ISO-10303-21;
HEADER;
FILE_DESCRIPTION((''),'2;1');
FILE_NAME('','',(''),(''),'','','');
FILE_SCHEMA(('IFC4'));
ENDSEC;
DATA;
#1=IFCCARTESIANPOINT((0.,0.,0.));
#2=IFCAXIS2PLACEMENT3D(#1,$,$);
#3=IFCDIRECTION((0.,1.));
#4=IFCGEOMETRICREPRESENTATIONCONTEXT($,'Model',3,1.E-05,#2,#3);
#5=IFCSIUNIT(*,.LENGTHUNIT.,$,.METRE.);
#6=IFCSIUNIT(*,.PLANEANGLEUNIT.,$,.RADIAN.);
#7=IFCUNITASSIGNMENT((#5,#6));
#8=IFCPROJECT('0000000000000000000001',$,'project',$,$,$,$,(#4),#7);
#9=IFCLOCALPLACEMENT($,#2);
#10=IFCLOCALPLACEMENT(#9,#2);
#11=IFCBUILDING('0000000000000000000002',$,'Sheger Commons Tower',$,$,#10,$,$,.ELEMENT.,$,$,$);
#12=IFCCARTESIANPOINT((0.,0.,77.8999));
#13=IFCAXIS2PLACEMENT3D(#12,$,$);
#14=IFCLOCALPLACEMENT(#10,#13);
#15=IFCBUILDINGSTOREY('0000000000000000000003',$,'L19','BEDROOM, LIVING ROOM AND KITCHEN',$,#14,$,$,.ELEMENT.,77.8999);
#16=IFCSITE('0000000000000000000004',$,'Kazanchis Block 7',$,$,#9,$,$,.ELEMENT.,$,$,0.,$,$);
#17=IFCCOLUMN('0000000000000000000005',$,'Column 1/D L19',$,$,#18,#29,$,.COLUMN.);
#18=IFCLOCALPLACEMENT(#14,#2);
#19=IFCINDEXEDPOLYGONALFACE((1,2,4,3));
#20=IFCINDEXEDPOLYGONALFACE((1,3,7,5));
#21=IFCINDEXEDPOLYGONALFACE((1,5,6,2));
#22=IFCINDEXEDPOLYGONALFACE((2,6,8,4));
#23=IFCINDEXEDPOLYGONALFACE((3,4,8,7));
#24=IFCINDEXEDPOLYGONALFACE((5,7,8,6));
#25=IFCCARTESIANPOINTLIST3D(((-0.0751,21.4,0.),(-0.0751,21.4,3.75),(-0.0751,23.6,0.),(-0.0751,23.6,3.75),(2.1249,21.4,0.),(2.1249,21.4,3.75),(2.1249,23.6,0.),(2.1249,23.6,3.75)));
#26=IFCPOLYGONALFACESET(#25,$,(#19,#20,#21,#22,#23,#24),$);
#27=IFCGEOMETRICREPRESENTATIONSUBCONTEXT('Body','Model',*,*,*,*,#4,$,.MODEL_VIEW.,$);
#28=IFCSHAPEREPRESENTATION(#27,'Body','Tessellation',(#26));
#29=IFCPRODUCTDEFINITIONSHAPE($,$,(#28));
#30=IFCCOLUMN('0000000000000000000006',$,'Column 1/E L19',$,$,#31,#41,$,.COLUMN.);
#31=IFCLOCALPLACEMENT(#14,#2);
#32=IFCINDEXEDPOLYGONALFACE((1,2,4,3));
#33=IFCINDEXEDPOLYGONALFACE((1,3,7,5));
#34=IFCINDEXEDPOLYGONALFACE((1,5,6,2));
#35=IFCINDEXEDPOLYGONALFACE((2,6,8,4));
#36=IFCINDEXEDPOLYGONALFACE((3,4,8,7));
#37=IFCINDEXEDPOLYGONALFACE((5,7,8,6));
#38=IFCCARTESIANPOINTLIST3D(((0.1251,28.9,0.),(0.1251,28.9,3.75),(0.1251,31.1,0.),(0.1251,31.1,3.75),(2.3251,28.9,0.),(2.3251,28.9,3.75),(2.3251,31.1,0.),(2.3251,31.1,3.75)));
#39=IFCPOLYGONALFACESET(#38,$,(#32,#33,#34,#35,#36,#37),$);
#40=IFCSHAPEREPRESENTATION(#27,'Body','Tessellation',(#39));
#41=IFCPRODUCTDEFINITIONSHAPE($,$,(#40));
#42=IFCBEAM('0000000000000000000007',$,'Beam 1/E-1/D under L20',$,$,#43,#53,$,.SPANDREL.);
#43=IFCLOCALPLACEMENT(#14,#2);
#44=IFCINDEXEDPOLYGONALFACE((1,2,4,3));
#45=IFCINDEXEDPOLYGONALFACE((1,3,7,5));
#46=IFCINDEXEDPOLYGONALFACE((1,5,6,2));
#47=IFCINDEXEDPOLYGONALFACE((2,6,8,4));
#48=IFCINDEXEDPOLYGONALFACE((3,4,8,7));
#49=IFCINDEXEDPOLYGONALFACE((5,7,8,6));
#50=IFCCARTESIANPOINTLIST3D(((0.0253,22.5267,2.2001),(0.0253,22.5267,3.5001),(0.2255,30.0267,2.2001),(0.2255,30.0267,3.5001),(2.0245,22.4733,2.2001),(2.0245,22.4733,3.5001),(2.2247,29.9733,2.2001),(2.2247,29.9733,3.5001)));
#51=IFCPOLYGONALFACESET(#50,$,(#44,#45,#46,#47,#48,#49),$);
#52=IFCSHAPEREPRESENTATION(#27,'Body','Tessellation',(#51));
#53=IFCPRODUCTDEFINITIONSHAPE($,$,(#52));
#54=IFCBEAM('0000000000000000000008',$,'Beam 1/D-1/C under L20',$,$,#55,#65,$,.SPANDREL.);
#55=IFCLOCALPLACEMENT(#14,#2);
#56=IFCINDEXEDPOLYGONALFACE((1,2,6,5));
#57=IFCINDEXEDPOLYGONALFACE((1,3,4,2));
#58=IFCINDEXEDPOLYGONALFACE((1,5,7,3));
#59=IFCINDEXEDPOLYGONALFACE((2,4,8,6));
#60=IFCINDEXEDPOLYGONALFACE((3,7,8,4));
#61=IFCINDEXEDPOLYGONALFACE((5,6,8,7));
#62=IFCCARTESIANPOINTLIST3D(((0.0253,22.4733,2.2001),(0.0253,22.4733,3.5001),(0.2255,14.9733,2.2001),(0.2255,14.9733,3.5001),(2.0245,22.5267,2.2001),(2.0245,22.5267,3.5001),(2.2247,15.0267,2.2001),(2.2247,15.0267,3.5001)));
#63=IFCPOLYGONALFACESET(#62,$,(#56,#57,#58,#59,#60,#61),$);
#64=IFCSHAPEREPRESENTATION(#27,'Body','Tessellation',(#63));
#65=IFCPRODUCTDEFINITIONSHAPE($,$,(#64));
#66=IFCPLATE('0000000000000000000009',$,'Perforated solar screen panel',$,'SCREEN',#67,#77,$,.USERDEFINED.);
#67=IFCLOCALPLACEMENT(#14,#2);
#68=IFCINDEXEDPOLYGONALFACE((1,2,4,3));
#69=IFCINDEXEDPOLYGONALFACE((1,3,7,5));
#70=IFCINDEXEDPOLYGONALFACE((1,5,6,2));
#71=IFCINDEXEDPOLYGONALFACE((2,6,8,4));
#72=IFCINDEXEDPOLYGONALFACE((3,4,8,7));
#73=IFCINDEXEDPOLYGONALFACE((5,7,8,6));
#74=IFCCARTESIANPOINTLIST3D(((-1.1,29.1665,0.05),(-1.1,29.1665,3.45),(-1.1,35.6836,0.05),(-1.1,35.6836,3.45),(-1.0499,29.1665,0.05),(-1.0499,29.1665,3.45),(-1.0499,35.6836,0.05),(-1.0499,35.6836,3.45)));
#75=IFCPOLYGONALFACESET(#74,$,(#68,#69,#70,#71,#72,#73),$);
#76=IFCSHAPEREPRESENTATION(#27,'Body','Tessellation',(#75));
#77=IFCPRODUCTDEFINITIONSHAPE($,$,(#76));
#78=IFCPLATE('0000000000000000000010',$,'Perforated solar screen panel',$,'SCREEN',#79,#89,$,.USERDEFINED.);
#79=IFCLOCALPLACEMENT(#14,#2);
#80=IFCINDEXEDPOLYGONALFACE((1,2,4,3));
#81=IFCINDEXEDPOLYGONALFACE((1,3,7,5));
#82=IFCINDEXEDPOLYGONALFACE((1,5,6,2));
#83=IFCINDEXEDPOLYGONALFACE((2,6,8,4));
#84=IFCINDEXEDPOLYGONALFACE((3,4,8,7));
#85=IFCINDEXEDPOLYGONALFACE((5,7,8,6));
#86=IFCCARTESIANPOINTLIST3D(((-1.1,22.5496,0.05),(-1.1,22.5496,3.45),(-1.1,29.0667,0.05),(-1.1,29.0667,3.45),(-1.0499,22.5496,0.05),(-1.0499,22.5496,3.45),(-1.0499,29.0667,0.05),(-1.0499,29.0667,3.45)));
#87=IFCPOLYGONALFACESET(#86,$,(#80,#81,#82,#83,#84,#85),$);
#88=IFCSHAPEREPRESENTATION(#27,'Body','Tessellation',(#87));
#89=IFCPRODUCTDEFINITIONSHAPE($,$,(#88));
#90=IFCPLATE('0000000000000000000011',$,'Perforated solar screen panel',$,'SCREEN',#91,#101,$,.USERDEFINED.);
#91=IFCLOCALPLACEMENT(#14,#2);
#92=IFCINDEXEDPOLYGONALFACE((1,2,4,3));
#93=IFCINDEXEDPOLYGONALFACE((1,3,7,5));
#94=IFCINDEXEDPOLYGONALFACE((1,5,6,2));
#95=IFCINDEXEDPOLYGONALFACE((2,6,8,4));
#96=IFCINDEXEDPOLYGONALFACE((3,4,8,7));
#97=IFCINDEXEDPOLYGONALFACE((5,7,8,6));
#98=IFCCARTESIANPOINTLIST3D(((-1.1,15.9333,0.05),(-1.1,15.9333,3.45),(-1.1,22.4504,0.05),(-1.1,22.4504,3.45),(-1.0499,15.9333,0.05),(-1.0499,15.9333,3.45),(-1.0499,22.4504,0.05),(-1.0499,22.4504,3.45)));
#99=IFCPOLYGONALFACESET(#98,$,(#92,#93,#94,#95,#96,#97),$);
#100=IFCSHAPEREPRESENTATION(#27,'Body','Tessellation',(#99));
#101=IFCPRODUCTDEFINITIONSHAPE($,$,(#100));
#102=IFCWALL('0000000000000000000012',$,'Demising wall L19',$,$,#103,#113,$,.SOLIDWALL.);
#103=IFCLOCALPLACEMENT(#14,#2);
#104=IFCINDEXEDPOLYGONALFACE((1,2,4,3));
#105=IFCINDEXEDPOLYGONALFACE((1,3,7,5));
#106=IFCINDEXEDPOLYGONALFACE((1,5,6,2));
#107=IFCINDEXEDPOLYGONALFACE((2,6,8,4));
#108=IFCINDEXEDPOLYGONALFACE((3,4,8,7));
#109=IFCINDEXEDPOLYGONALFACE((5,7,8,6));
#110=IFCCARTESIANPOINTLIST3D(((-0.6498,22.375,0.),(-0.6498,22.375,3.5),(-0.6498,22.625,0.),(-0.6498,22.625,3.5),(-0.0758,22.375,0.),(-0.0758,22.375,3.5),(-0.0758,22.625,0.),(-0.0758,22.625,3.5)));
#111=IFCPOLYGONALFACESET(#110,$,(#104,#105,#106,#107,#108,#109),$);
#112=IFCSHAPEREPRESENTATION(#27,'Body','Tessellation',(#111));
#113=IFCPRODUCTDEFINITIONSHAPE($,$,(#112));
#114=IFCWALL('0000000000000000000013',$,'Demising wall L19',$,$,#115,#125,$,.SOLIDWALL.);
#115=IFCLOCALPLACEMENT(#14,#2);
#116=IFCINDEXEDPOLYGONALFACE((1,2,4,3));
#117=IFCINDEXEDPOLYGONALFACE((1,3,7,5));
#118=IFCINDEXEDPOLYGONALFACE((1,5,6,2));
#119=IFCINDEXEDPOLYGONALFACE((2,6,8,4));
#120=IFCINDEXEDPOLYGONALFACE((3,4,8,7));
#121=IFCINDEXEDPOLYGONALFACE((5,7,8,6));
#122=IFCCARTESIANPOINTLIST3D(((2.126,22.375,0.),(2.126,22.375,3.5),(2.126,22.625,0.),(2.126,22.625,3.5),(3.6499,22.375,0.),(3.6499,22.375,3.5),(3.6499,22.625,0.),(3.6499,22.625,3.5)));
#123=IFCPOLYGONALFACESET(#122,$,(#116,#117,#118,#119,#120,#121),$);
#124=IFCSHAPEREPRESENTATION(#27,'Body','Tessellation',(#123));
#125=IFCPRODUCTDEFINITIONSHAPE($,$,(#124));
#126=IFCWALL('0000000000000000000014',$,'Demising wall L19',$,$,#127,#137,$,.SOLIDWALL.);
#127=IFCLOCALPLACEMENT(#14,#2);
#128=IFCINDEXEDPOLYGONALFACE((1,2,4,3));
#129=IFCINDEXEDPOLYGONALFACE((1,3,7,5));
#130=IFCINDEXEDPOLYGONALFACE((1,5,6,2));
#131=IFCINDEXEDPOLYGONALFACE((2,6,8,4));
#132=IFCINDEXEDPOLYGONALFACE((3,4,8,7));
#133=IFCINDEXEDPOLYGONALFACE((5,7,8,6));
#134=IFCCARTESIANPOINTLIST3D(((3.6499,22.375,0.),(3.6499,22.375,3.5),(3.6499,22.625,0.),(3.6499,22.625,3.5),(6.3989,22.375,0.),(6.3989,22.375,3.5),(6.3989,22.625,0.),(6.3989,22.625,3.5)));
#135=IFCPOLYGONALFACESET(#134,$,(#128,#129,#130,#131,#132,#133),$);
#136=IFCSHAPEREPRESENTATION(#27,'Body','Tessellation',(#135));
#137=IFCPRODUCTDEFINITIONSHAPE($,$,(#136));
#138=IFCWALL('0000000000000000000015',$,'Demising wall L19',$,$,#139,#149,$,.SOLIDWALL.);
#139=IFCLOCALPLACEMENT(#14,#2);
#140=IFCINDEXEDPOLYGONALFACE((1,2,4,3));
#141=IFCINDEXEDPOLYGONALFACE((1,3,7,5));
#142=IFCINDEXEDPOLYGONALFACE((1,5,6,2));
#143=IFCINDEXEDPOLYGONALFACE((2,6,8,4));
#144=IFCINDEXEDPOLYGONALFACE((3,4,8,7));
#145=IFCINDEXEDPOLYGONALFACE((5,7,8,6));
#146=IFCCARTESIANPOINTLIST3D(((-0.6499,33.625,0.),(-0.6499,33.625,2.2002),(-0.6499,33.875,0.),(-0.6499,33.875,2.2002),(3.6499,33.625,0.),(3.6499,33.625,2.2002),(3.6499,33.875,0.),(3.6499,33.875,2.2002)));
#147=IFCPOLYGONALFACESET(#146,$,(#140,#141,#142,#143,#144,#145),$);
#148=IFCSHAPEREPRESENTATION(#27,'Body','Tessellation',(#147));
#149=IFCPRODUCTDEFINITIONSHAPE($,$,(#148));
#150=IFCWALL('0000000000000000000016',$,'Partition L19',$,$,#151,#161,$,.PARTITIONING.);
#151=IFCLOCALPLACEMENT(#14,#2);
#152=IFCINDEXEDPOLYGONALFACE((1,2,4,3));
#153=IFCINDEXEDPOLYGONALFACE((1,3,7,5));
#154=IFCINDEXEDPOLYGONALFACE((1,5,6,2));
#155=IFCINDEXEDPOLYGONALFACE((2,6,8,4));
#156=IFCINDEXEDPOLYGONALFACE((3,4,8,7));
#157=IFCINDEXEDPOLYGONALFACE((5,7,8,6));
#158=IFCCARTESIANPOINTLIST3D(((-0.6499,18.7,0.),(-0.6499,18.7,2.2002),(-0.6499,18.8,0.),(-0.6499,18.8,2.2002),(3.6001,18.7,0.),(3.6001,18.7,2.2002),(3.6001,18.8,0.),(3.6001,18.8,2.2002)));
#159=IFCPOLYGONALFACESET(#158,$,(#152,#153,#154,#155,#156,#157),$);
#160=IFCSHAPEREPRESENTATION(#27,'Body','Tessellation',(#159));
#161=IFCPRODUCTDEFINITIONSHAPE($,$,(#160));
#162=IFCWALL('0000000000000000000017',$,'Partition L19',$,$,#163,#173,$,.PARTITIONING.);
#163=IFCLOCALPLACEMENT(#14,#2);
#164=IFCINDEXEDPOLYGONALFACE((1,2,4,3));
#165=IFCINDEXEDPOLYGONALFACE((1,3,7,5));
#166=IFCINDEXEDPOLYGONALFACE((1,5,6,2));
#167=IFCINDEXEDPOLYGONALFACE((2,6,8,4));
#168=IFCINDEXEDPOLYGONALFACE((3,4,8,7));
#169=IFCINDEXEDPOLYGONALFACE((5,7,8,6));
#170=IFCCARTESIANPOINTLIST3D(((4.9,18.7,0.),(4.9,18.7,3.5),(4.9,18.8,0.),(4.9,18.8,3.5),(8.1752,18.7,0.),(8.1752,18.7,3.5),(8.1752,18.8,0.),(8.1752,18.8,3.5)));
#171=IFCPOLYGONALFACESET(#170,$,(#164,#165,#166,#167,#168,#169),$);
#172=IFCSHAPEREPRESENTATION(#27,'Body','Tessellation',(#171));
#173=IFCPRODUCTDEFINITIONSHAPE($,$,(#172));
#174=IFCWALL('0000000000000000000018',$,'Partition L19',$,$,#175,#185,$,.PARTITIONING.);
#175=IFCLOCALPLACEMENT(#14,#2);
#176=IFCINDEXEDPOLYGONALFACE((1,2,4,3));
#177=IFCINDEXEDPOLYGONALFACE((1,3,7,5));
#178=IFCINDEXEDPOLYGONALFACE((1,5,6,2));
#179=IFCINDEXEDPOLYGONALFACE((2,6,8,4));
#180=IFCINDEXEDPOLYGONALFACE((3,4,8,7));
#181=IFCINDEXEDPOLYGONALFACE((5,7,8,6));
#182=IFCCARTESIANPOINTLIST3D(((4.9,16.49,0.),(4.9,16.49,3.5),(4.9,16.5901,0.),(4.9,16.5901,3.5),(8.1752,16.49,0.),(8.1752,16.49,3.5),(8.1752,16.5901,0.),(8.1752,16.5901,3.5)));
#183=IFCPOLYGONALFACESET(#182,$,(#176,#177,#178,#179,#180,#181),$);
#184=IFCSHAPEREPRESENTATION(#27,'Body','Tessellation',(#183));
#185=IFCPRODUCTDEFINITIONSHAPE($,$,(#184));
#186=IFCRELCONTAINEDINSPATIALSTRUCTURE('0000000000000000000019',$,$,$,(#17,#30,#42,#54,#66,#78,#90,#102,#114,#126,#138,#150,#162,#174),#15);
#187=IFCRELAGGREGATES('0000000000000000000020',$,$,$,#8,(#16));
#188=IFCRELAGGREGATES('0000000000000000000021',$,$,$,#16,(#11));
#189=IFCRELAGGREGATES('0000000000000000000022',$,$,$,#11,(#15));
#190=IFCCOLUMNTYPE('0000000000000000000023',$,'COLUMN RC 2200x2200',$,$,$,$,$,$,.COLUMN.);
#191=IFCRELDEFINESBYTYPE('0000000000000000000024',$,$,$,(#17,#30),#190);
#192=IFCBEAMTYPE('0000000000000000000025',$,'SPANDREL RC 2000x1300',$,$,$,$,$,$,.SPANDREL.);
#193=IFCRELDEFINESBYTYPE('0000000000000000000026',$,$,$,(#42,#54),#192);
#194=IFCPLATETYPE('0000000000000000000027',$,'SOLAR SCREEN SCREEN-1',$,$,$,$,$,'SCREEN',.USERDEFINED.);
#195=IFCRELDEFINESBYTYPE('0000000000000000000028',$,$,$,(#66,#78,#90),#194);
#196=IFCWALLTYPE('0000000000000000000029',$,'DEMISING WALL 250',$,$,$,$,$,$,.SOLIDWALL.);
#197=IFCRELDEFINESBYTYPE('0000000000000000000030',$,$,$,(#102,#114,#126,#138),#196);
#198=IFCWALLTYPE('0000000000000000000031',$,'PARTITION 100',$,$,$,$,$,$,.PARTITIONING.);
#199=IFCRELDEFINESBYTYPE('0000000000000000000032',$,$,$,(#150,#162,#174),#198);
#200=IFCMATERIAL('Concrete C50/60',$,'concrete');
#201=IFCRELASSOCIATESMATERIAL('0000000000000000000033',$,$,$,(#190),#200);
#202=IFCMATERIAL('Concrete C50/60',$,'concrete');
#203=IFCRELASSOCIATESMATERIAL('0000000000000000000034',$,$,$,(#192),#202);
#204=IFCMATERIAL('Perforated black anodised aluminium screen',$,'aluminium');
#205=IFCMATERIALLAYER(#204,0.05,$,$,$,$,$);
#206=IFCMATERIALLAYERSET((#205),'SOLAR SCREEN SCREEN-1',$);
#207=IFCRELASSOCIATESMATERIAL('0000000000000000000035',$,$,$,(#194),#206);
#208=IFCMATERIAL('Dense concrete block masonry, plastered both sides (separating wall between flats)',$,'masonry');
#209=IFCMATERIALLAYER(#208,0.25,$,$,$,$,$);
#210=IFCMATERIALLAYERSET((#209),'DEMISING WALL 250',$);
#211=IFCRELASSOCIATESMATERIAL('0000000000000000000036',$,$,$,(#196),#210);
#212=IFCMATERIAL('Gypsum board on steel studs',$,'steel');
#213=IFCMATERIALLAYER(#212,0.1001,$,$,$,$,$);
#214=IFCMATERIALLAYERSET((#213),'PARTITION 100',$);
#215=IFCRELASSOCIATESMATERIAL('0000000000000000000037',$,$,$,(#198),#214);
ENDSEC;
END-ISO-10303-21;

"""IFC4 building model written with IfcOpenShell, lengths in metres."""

from ifc_helpers import new_model, si_unit, direction, frame, frame_2d, origin, origin_2d, place, context, subcontext, project, spatial, rectangle, extrude, material, layer, layer_set, material_profile, profile_set, type_object, element, save


model = new_model("IFC4")

# Units and contexts
model_context = context("Model", 3, precision=1e-05, world=origin(), true_north=direction((0.0, 1.0)))
body_context = subcontext(model_context, "Body", "Model", "MODEL_VIEW")
ifc_project = project(units=[si_unit("LENGTHUNIT", "METRE"), si_unit("PLANEANGLEUNIT", "RADIAN")], contexts=[model_context])

# Site, building, storey
site_placement = place(None, origin())
site = spatial("IfcSite", under=ifc_project, at=site_placement, Name="Kazanchis Block 7", CompositionType="ELEMENT", RefElevation=0.0)
building_placement = place(site_placement, origin())
building = spatial("IfcBuilding", under=site, at=building_placement, Name="Sheger Commons Tower", CompositionType="ELEMENT")
storey_placement = place(building_placement, frame((0.0, 0.0, 77.8999)))
storey = spatial("IfcBuildingStorey", under=building, at=storey_placement, Name="L19", Description="BEDROOM, LIVING ROOM AND KITCHEN", CompositionType="ELEMENT", Elevation=77.8999)

# Columns
ifc_material_1 = material(Name="Concrete C50/60", Category="concrete")
ifc_material_profile_1 = material_profile(ifc_material_1, rectangle(XDim=2.2, YDim=2.2, at=origin_2d()), Name="RC 2200x2200")
ifc_profile_set_1 = profile_set([ifc_material_profile_1], Name="Concrete C50/60")
column_type = type_object("IfcColumnType", Name="COLUMN RC 2200x2200", PredefinedType="COLUMN", material=ifc_profile_set_1)
for number, where, z_axis, x_axis, name in (
    (1, (1.0249, 22.5, 0.0), (0.0, 0.0, 1.0), (1.0, 0.0, 0.0), "Column 1/D L19"),
    (2, (1.2251, 30.0, 0.0), (0.0, 0.0, 1.0), (1.0, 0.0, 0.0), "Column 1/E L19"),
):
    element("IfcColumn", number, at=place(storey_placement, frame(where, z_axis=z_axis, x_axis=x_axis)), inside=storey, type_object=column_type, Name=name, PredefinedType="COLUMN", context=body_context, shape_type="SweptSolid", body=[
        extrude(rectangle(XDim=2.2, YDim=2.2, at=origin_2d()), origin(), (0.0, 0.0, 1.0), 3.75),
    ])

# Beams
ifc_material_2 = material(Name="Concrete C50/60", Category="concrete")
ifc_material_profile_2 = material_profile(ifc_material_2, rectangle(XDim=2.0, YDim=1.3, at=origin_2d()), Name="RC 2000x1300")
ifc_profile_set_2 = profile_set([ifc_material_profile_2], Name="Concrete C50/60")
beam_type = type_object("IfcBeamType", Name="SPANDREL RC 2000x1300", PredefinedType="SPANDREL", material=ifc_profile_set_2)
for number, where, z_axis, x_axis, name in (
    (3, (1.2251, 30.0, 2.8501), (-0.026683, -0.999644, 0.0), (0.999644, -0.026683, 0.0), "Beam 1/E-1/D under L20"),
    (4, (1.0249, 22.5, 2.8501), (0.026683, -0.999644, 0.0), (0.999644, 0.026683, 0.0), "Beam 1/D-1/C under L20"),
):
    element("IfcBeam", number, at=place(storey_placement, frame(where, z_axis=z_axis, x_axis=x_axis)), inside=storey, type_object=beam_type, Name=name, PredefinedType="SPANDREL", context=body_context, shape_type="SweptSolid", body=[
        extrude(rectangle(XDim=2.0, YDim=1.3, at=origin_2d()), origin(), (0.0, 0.0, 1.0), 7.5027),
    ])

# Plates
ifc_material_3 = material(Name="Perforated black anodised aluminium screen", Category="aluminium")
ifc_layer_1 = layer(ifc_material_3, 0.05)
ifc_layer_set_1 = layer_set([ifc_layer_1], Name="SOLAR SCREEN SCREEN-1")
plate_type = type_object("IfcPlateType", Name="SOLAR SCREEN SCREEN-1", ElementType="SCREEN", PredefinedType="USERDEFINED", material=ifc_layer_set_1)
for number, where, z_axis, x_axis, name in (
    (5, (-1.075, 32.425, 0.05), (0.0, 0.0, 1.0), (0.0, -1.0, 0.0), "Perforated solar screen panel"),
    (6, (-1.075, 25.8081, 0.05), (0.0, 0.0, 1.0), (0.0, -1.0, 0.0), "Perforated solar screen panel"),
    (7, (-1.075, 19.1919, 0.05), (0.0, 0.0, 1.0), (0.0, -1.0, 0.0), "Perforated solar screen panel"),
):
    element("IfcPlate", number, at=place(storey_placement, frame(where, z_axis=z_axis, x_axis=x_axis)), inside=storey, type_object=plate_type, Name=name, ObjectType="SCREEN", PredefinedType="USERDEFINED", context=body_context, shape_type="SweptSolid", body=[
        extrude(rectangle(XDim=6.5171, YDim=0.05, at=origin_2d()), origin(), (0.0, 0.0, 1.0), 3.3999),
    ])

# Walls
ifc_material_4 = material(Name="Dense concrete block masonry, plastered both sides (separating wall between flats)", Category="masonry")
ifc_layer_2 = layer(ifc_material_4, 0.25)
ifc_layer_set_2 = layer_set([ifc_layer_2], Name="DEMISING WALL 250")
wall_type_1 = type_object("IfcWallType", Name="DEMISING WALL 250", PredefinedType="SOLIDWALL", material=ifc_layer_set_2)
wall_1_placement = place(storey_placement, frame((-0.6499, 22.5, 0.0), z_axis=(0.0, 0.0, 1.0), x_axis=(1.0, 0.0, 0.0)))
element("IfcWall", 8, at=wall_1_placement, inside=storey, type_object=wall_type_1, Name="Demising wall L19", PredefinedType="SOLIDWALL", context=body_context, shape_type="SweptSolid", body=[
    extrude(rectangle(XDim=0.574, YDim=0.25, at=frame_2d((0.2871, 0.0))), origin(), (0.0, 0.0, 1.0), 3.5),
])
wall_2_placement = place(storey_placement, frame((2.126, 22.5, 0.0), z_axis=(0.0, 0.0, 1.0), x_axis=(1.0, 0.0, 0.0)))
element("IfcWall", 9, at=wall_2_placement, inside=storey, type_object=wall_type_1, Name="Demising wall L19", PredefinedType="SOLIDWALL", context=body_context, shape_type="SweptSolid", body=[
    extrude(rectangle(XDim=1.5239, YDim=0.25, at=frame_2d((0.762, 0.0))), origin(), (0.0, 0.0, 1.0), 3.5),
])
wall_3_placement = place(storey_placement, frame((3.6499, 22.5, 0.0), z_axis=(0.0, 0.0, 1.0), x_axis=(1.0, 0.0, 0.0)))
element("IfcWall", 10, at=wall_3_placement, inside=storey, type_object=wall_type_1, Name="Demising wall L19", PredefinedType="SOLIDWALL", context=body_context, shape_type="SweptSolid", body=[
    extrude(rectangle(XDim=2.749, YDim=0.25, at=frame_2d((1.3745, 0.0))), origin(), (0.0, 0.0, 1.0), 3.5),
])
wall_4_placement = place(storey_placement, frame((-0.6499, 33.75, 0.0), z_axis=(0.0, 0.0, 1.0), x_axis=(1.0, 0.0, 0.0)))
element("IfcWall", 11, at=wall_4_placement, inside=storey, type_object=wall_type_1, Name="Demising wall L19", PredefinedType="SOLIDWALL", context=body_context, shape_type="SweptSolid", body=[
    extrude(rectangle(XDim=4.2998, YDim=0.25, at=frame_2d((2.1499, 0.0))), origin(), (0.0, 0.0, 1.0), 2.2002),
])
ifc_material_5 = material(Name="Gypsum board on steel studs", Category="steel")
ifc_layer_3 = layer(ifc_material_5, 0.1001)
ifc_layer_set_3 = layer_set([ifc_layer_3], Name="PARTITION 100")
wall_type_2 = type_object("IfcWallType", Name="PARTITION 100", PredefinedType="PARTITIONING", material=ifc_layer_set_3)
wall_5_placement = place(storey_placement, frame((-0.6499, 18.75, 0.0), z_axis=(0.0, 0.0, 1.0), x_axis=(1.0, 0.0, 0.0)))
element("IfcWall", 12, at=wall_5_placement, inside=storey, type_object=wall_type_2, Name="Partition L19", PredefinedType="PARTITIONING", context=body_context, shape_type="SweptSolid", body=[
    extrude(rectangle(XDim=4.25, YDim=0.1001, at=frame_2d((2.125, 0.0))), origin(), (0.0, 0.0, 1.0), 2.2002),
])
for number, where, z_axis, x_axis, name in (
    (13, (4.8999, 18.75, 0.0), (0.0, 0.0, 1.0), (1.0, 0.0, 0.0), "Partition L19"),
    (14, (4.8999, 16.54, 0.0), (0.0, 0.0, 1.0), (1.0, 0.0, 0.0), "Partition L19"),
):
    element("IfcWall", number, at=place(storey_placement, frame(where, z_axis=z_axis, x_axis=x_axis)), inside=storey, type_object=wall_type_2, Name=name, PredefinedType="PARTITIONING", context=body_context, shape_type="SweptSolid", body=[
        extrude(rectangle(XDim=3.2751, YDim=0.1001, at=frame_2d((1.6377, 0.0))), origin(), (0.0, 0.0, 1.0), 3.5),
    ])

save(model, "model.ifc")
